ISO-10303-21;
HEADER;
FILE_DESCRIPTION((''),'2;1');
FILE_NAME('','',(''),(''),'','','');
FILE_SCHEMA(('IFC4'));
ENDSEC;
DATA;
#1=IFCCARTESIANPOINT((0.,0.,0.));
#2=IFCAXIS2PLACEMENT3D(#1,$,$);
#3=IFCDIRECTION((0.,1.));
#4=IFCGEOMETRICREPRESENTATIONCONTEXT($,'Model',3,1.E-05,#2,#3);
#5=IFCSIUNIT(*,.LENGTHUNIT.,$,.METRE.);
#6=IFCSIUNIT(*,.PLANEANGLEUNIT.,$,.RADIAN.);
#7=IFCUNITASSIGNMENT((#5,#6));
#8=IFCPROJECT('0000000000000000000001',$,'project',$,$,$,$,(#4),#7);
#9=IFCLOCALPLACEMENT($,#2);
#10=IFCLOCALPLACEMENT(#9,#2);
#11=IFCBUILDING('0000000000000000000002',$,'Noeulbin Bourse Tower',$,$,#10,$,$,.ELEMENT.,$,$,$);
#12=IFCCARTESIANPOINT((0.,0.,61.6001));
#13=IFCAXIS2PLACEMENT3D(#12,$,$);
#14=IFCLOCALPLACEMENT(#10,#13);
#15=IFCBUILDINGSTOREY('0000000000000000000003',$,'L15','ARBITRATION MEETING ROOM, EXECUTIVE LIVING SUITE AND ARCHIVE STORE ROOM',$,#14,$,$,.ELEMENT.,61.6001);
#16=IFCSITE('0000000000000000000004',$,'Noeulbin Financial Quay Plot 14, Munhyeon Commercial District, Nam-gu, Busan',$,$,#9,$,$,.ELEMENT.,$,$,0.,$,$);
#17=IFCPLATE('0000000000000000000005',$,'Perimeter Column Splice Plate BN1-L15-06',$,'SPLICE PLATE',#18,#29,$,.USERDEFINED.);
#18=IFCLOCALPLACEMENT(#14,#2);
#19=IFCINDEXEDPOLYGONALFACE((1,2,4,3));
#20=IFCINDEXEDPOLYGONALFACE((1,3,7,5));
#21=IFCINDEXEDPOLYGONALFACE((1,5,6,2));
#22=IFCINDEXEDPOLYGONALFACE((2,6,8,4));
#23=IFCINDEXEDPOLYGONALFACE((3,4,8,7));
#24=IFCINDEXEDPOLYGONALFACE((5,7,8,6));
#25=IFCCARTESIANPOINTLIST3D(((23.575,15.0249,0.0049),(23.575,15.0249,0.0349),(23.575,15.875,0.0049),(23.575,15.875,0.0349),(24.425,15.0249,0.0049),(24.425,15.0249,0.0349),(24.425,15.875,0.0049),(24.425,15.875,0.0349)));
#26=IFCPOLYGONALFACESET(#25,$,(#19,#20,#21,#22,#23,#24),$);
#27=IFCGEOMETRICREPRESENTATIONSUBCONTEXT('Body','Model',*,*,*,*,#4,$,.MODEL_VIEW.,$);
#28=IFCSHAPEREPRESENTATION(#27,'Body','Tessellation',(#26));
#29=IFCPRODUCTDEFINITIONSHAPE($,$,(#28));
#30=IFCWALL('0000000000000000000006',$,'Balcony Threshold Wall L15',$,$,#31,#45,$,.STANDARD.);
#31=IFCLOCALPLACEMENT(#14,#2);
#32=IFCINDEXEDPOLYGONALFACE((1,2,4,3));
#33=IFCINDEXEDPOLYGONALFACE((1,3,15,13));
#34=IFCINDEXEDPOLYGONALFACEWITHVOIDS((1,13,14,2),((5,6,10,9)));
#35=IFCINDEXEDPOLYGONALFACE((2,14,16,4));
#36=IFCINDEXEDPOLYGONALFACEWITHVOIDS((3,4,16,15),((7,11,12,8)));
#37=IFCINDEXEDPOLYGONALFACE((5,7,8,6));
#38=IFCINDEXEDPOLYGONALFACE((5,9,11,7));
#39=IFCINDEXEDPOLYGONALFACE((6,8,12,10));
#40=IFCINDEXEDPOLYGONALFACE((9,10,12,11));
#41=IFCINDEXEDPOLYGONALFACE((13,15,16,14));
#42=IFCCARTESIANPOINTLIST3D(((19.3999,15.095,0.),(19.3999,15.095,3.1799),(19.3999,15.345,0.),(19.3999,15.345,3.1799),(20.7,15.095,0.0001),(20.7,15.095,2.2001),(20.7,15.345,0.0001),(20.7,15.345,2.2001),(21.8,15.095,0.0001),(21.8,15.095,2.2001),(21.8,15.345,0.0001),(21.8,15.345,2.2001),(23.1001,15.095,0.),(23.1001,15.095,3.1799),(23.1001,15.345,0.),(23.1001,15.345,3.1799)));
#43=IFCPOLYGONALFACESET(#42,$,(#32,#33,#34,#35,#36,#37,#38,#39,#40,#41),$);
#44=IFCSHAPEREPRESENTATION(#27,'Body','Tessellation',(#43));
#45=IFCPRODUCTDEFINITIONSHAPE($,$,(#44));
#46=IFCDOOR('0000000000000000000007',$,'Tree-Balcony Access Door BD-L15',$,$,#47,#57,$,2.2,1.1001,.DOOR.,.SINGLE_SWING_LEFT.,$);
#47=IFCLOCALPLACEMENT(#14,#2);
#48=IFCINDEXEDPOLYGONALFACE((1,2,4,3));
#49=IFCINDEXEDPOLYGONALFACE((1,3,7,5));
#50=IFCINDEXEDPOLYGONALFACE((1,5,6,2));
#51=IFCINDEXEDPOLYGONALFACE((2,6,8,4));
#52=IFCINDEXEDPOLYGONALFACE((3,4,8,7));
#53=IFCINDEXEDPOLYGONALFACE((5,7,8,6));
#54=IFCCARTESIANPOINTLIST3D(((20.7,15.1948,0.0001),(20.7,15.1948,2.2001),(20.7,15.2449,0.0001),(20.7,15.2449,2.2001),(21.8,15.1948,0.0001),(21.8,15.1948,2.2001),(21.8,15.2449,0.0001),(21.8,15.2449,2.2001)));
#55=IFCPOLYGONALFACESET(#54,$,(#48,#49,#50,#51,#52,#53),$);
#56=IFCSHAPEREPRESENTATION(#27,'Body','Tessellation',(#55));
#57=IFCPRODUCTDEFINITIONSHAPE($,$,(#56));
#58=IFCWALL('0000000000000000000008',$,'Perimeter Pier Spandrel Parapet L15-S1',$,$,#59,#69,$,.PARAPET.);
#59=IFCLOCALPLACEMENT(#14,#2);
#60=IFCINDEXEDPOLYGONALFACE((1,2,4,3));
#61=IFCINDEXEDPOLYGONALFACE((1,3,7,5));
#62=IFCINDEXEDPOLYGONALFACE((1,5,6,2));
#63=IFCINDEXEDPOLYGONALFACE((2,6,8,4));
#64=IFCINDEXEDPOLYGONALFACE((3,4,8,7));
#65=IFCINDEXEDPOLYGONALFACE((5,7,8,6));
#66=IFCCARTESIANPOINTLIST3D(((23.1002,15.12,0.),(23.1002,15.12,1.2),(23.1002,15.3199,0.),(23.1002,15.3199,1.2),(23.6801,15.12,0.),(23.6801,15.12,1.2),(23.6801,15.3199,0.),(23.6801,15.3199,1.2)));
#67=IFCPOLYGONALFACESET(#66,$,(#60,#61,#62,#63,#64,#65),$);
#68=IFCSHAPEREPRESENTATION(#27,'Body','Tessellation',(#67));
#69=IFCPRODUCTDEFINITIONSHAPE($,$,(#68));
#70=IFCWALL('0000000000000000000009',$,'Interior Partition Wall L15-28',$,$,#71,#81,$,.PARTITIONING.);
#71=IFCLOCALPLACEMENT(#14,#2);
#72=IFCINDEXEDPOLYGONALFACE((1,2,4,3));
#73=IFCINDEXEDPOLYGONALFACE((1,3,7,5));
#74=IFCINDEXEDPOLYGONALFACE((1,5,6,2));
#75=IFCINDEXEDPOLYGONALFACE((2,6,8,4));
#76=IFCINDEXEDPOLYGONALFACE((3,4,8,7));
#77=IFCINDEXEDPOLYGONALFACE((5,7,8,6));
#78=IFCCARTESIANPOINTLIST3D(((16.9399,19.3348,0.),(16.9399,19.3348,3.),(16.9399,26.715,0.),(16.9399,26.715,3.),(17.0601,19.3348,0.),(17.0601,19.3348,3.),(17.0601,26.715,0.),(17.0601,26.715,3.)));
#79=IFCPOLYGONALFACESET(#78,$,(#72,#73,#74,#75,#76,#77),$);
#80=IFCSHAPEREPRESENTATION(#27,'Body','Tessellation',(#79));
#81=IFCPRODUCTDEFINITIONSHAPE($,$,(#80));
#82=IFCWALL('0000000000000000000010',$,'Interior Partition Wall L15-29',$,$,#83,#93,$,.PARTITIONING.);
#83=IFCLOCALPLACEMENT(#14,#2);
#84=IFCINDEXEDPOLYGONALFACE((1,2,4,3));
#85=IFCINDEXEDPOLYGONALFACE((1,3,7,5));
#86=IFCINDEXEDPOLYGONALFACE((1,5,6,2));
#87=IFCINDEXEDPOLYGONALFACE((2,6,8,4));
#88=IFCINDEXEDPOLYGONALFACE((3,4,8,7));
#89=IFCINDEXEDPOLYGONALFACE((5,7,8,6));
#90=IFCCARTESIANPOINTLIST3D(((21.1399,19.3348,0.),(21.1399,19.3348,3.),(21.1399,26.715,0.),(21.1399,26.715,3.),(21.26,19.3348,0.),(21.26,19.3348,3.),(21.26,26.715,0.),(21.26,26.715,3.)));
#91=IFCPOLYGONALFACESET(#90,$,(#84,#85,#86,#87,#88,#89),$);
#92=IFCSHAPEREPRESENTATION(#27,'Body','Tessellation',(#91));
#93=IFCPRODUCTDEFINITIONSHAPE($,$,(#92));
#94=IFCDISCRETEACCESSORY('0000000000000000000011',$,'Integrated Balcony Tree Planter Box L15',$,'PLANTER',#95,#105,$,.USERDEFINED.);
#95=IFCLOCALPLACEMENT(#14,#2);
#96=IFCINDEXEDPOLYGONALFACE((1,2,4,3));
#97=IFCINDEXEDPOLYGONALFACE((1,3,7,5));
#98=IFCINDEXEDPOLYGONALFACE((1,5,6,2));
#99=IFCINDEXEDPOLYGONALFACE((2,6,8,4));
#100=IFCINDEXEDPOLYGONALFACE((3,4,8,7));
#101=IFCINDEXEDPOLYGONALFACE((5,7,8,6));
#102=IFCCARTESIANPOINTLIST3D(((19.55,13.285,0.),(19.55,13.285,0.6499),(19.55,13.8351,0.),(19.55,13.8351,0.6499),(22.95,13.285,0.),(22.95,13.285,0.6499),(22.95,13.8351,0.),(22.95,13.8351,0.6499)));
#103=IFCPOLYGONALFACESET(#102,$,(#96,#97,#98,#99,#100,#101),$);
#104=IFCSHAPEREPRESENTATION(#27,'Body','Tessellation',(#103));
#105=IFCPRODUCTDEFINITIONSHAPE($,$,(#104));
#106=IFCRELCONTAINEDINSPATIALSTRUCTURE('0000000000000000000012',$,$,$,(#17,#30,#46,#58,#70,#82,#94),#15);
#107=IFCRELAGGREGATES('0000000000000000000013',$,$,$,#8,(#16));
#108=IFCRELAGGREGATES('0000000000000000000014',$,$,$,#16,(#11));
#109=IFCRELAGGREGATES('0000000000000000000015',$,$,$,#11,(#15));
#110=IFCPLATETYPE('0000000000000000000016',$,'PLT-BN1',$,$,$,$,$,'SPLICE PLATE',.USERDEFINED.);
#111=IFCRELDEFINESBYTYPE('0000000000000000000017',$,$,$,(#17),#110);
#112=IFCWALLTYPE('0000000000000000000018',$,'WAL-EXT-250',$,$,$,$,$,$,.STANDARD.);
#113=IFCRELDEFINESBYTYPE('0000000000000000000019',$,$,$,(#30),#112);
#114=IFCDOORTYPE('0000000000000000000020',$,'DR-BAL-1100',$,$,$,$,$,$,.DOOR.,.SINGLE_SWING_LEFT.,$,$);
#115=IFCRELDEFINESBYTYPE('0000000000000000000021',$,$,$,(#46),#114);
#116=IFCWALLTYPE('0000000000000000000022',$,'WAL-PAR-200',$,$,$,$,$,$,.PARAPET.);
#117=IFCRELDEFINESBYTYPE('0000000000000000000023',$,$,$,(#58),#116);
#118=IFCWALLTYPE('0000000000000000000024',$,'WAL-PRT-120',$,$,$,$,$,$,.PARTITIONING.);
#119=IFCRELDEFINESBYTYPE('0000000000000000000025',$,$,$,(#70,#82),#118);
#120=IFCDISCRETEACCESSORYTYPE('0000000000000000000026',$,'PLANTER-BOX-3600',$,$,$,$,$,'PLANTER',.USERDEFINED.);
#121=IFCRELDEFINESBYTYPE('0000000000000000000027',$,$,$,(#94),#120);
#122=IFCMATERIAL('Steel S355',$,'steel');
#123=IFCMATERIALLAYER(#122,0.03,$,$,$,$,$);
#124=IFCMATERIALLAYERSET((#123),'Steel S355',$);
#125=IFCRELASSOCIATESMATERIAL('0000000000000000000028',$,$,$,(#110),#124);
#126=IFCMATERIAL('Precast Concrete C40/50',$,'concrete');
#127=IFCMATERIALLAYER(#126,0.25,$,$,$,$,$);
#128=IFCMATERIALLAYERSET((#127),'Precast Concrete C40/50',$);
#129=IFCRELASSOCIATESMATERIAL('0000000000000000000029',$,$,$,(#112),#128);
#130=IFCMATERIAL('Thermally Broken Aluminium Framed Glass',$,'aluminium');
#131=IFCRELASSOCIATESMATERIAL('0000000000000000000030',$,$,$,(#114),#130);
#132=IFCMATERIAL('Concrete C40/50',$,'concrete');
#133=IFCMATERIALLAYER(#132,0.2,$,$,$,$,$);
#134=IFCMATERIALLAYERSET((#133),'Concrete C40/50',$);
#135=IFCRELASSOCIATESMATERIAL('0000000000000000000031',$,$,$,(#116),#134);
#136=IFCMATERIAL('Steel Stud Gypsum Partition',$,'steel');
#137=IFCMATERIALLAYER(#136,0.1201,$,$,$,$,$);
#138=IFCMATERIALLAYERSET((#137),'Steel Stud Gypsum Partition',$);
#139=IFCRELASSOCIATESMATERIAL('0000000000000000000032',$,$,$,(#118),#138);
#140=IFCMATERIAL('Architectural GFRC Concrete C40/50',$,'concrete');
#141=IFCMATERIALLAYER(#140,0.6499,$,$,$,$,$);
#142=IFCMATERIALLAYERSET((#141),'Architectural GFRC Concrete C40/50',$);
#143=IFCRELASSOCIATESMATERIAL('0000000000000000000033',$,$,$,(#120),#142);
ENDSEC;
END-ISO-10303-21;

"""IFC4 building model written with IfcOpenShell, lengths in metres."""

from ifc_helpers import new_model, si_unit, direction, frame, frame_2d, origin, origin_2d, place, context, subcontext, project, spatial, rectangle, extrude, material, layer, layer_set, type_object, element, fill, save


model = new_model("IFC4")

# Units and contexts
model_context = context("Model", 3, precision=1e-05, world=origin(), true_north=direction((0.0, 1.0)))
body_context = subcontext(model_context, "Body", "Model", "MODEL_VIEW")
ifc_project = project(units=[si_unit("LENGTHUNIT", "METRE"), si_unit("PLANEANGLEUNIT", "RADIAN")], contexts=[model_context])

# Site, building, storey
site_placement = place(None, origin())
site = spatial("IfcSite", under=ifc_project, at=site_placement, Name="Noeulbin Financial Quay Plot 14, Munhyeon Commercial District, Nam-gu, Busan", CompositionType="ELEMENT", RefElevation=0.0)
building_placement = place(site_placement, origin())
building = spatial("IfcBuilding", under=site, at=building_placement, Name="Noeulbin Bourse Tower", CompositionType="ELEMENT")
storey_placement = place(building_placement, frame((0.0, 0.0, 61.6001)))
storey = spatial("IfcBuildingStorey", under=building, at=storey_placement, Name="L15", Description="ARBITRATION MEETING ROOM, EXECUTIVE LIVING SUITE AND ARCHIVE STORE ROOM", CompositionType="ELEMENT", Elevation=61.6001)

# Shared definitions
ifc_material_1 = material(Name="Steel S355", Category="steel")

# Plate
ifc_layer_1 = layer(ifc_material_1, 0.03)
ifc_layer_set_1 = layer_set([ifc_layer_1], Name="Steel S355")
plate_type_1 = type_object("IfcPlateType", Name="PLT-BN1", ElementType="SPLICE PLATE", PredefinedType="USERDEFINED", material=ifc_layer_set_1)
plate_1_placement = place(storey_placement, frame((24.0, 15.45, 0.0049), z_axis=(0.0, 0.0, 1.0), x_axis=(1.0, 0.0, 0.0)))
element("IfcPlate", 1, at=plate_1_placement, inside=storey, type_object=plate_type_1, Name="Perimeter Column Splice Plate BN1-L15-06", ObjectType="SPLICE PLATE", PredefinedType="USERDEFINED", context=body_context, shape_type="SweptSolid", body=[
    extrude(rectangle(XDim=0.8501, YDim=0.8501, at=origin_2d()), origin(), (0.0, 0.0, 1.0), 0.03),
])

# Wall, opening, door
ifc_material_2 = material(Name="Precast Concrete C40/50", Category="concrete")
ifc_layer_2 = layer(ifc_material_2, 0.25)
ifc_layer_set_2 = layer_set([ifc_layer_2], Name="Precast Concrete C40/50")
wall_type_1 = type_object("IfcWallType", Name="WAL-EXT-250", PredefinedType="STANDARD", material=ifc_layer_set_2)
wall_1_placement = place(storey_placement, frame((19.3999, 15.22, 0.0), z_axis=(0.0, 0.0, 1.0), x_axis=(1.0, 0.0, 0.0)))
wall_1 = element("IfcWall", 2, at=wall_1_placement, inside=storey, type_object=wall_type_1, Name="Balcony Threshold Wall L15", PredefinedType="STANDARD", context=body_context, shape_type="SweptSolid", body=[
    extrude(rectangle(XDim=3.7002, YDim=0.25, at=frame_2d((1.8501, 0.0))), origin(), (0.0, 0.0, 1.0), 3.1799),
])
opening_placement = place(wall_1_placement, frame((1.3, 0.0, 0.0)))
opening = element("IfcOpeningElement", 3, at=opening_placement, cuts=wall_1, PredefinedType="OPENING", context=body_context, shape_type="SweptSolid", body=[
    extrude(rectangle(XDim=1.1001, YDim=2.2, at=frame_2d((0.55, 1.1001))), frame((0.0, 0.135, 0.0), z_axis=(0.0, -1.0, 0.0), x_axis=(1.0, 0.0, 0.0)), (0.0, 0.0, 1.0), 0.27),
])
ifc_material_3 = material(Name="Thermally Broken Aluminium Framed Glass", Category="aluminium")
door_type = type_object("IfcDoorType", Name="DR-BAL-1100", OperationType="SINGLE_SWING_LEFT", PredefinedType="DOOR", material=ifc_material_3)
door_placement = place(opening_placement, origin())
door = element("IfcDoor", 4, at=door_placement, inside=storey, type_object=door_type, Name="Tree-Balcony Access Door BD-L15", OperationType="SINGLE_SWING_LEFT", OverallHeight=2.2, OverallWidth=1.1001, PredefinedType="DOOR", context=body_context, shape_type="SweptSolid", body=[
    extrude(rectangle(XDim=1.1001, YDim=2.2, at=frame_2d((0.55, 1.1001))), frame((0.0, 0.0249, 0.0), z_axis=(0.0, -1.0, 0.0), x_axis=(1.0, 0.0, 0.0)), (0.0, 0.0, 1.0), 0.05),
])
fill(opening, door)

# Walls
ifc_material_4 = material(Name="Concrete C40/50", Category="concrete")
ifc_layer_3 = layer(ifc_material_4, 0.2)
ifc_layer_set_3 = layer_set([ifc_layer_3], Name="Concrete C40/50")
wall_type_2 = type_object("IfcWallType", Name="WAL-PAR-200", PredefinedType="PARAPET", material=ifc_layer_set_3)
wall_2_placement = place(storey_placement, frame((23.1001, 15.22, 0.0), z_axis=(0.0, 0.0, 1.0), x_axis=(1.0, 0.0, 0.0)))
element("IfcWall", 5, at=wall_2_placement, inside=storey, type_object=wall_type_2, Name="Perimeter Pier Spandrel Parapet L15-S1", PredefinedType="PARAPET", context=body_context, shape_type="SweptSolid", body=[
    extrude(rectangle(XDim=0.5798, YDim=0.2, at=frame_2d((0.29, 0.0))), origin(), (0.0, 0.0, 1.0), 1.2),
])
ifc_material_5 = material(Name="Steel Stud Gypsum Partition", Category="steel")
ifc_layer_4 = layer(ifc_material_5, 0.1201)
ifc_layer_set_4 = layer_set([ifc_layer_4], Name="Steel Stud Gypsum Partition")
wall_type_3 = type_object("IfcWallType", Name="WAL-PRT-120", PredefinedType="PARTITIONING", material=ifc_layer_set_4)
for number, where, z_axis, x_axis, name in (
    (6, (17.0, 19.335, 0.0), (0.0, 0.0, 1.0), (0.0, 1.0, 0.0), "Interior Partition Wall L15-28"),
    (7, (21.2, 19.335, 0.0), (0.0, 0.0, 1.0), (0.0, 1.0, 0.0), "Interior Partition Wall L15-29"),
):
    element("IfcWall", number, at=place(storey_placement, frame(where, z_axis=z_axis, x_axis=x_axis)), inside=storey, type_object=wall_type_3, Name=name, PredefinedType="PARTITIONING", context=body_context, shape_type="SweptSolid", body=[
        extrude(rectangle(XDim=7.3801, YDim=0.1201, at=frame_2d((3.6899, 0.0))), origin(), (0.0, 0.0, 1.0), 3.0),
    ])

# Discrete accessory
ifc_material_6 = material(Name="Architectural GFRC Concrete C40/50", Category="concrete")
ifc_layer_5 = layer(ifc_material_6, 0.6499)
ifc_layer_set_5 = layer_set([ifc_layer_5], Name="Architectural GFRC Concrete C40/50")
discrete_accessory_type = type_object("IfcDiscreteAccessoryType", Name="PLANTER-BOX-3600", ElementType="PLANTER", PredefinedType="USERDEFINED", material=ifc_layer_set_5)
discrete_accessory_placement = place(storey_placement, frame((21.25, 13.5601, 0.0), z_axis=(0.0, 0.0, 1.0), x_axis=(1.0, 0.0, 0.0)))
element("IfcDiscreteAccessory", 8, at=discrete_accessory_placement, inside=storey, type_object=discrete_accessory_type, Name="Integrated Balcony Tree Planter Box L15", ObjectType="PLANTER", PredefinedType="USERDEFINED", context=body_context, shape_type="SweptSolid", body=[
    extrude(rectangle(XDim=3.3999, YDim=0.55, at=origin_2d()), origin(), (0.0, 0.0, 1.0), 0.6499),
])

save(model, "model.ifc")
